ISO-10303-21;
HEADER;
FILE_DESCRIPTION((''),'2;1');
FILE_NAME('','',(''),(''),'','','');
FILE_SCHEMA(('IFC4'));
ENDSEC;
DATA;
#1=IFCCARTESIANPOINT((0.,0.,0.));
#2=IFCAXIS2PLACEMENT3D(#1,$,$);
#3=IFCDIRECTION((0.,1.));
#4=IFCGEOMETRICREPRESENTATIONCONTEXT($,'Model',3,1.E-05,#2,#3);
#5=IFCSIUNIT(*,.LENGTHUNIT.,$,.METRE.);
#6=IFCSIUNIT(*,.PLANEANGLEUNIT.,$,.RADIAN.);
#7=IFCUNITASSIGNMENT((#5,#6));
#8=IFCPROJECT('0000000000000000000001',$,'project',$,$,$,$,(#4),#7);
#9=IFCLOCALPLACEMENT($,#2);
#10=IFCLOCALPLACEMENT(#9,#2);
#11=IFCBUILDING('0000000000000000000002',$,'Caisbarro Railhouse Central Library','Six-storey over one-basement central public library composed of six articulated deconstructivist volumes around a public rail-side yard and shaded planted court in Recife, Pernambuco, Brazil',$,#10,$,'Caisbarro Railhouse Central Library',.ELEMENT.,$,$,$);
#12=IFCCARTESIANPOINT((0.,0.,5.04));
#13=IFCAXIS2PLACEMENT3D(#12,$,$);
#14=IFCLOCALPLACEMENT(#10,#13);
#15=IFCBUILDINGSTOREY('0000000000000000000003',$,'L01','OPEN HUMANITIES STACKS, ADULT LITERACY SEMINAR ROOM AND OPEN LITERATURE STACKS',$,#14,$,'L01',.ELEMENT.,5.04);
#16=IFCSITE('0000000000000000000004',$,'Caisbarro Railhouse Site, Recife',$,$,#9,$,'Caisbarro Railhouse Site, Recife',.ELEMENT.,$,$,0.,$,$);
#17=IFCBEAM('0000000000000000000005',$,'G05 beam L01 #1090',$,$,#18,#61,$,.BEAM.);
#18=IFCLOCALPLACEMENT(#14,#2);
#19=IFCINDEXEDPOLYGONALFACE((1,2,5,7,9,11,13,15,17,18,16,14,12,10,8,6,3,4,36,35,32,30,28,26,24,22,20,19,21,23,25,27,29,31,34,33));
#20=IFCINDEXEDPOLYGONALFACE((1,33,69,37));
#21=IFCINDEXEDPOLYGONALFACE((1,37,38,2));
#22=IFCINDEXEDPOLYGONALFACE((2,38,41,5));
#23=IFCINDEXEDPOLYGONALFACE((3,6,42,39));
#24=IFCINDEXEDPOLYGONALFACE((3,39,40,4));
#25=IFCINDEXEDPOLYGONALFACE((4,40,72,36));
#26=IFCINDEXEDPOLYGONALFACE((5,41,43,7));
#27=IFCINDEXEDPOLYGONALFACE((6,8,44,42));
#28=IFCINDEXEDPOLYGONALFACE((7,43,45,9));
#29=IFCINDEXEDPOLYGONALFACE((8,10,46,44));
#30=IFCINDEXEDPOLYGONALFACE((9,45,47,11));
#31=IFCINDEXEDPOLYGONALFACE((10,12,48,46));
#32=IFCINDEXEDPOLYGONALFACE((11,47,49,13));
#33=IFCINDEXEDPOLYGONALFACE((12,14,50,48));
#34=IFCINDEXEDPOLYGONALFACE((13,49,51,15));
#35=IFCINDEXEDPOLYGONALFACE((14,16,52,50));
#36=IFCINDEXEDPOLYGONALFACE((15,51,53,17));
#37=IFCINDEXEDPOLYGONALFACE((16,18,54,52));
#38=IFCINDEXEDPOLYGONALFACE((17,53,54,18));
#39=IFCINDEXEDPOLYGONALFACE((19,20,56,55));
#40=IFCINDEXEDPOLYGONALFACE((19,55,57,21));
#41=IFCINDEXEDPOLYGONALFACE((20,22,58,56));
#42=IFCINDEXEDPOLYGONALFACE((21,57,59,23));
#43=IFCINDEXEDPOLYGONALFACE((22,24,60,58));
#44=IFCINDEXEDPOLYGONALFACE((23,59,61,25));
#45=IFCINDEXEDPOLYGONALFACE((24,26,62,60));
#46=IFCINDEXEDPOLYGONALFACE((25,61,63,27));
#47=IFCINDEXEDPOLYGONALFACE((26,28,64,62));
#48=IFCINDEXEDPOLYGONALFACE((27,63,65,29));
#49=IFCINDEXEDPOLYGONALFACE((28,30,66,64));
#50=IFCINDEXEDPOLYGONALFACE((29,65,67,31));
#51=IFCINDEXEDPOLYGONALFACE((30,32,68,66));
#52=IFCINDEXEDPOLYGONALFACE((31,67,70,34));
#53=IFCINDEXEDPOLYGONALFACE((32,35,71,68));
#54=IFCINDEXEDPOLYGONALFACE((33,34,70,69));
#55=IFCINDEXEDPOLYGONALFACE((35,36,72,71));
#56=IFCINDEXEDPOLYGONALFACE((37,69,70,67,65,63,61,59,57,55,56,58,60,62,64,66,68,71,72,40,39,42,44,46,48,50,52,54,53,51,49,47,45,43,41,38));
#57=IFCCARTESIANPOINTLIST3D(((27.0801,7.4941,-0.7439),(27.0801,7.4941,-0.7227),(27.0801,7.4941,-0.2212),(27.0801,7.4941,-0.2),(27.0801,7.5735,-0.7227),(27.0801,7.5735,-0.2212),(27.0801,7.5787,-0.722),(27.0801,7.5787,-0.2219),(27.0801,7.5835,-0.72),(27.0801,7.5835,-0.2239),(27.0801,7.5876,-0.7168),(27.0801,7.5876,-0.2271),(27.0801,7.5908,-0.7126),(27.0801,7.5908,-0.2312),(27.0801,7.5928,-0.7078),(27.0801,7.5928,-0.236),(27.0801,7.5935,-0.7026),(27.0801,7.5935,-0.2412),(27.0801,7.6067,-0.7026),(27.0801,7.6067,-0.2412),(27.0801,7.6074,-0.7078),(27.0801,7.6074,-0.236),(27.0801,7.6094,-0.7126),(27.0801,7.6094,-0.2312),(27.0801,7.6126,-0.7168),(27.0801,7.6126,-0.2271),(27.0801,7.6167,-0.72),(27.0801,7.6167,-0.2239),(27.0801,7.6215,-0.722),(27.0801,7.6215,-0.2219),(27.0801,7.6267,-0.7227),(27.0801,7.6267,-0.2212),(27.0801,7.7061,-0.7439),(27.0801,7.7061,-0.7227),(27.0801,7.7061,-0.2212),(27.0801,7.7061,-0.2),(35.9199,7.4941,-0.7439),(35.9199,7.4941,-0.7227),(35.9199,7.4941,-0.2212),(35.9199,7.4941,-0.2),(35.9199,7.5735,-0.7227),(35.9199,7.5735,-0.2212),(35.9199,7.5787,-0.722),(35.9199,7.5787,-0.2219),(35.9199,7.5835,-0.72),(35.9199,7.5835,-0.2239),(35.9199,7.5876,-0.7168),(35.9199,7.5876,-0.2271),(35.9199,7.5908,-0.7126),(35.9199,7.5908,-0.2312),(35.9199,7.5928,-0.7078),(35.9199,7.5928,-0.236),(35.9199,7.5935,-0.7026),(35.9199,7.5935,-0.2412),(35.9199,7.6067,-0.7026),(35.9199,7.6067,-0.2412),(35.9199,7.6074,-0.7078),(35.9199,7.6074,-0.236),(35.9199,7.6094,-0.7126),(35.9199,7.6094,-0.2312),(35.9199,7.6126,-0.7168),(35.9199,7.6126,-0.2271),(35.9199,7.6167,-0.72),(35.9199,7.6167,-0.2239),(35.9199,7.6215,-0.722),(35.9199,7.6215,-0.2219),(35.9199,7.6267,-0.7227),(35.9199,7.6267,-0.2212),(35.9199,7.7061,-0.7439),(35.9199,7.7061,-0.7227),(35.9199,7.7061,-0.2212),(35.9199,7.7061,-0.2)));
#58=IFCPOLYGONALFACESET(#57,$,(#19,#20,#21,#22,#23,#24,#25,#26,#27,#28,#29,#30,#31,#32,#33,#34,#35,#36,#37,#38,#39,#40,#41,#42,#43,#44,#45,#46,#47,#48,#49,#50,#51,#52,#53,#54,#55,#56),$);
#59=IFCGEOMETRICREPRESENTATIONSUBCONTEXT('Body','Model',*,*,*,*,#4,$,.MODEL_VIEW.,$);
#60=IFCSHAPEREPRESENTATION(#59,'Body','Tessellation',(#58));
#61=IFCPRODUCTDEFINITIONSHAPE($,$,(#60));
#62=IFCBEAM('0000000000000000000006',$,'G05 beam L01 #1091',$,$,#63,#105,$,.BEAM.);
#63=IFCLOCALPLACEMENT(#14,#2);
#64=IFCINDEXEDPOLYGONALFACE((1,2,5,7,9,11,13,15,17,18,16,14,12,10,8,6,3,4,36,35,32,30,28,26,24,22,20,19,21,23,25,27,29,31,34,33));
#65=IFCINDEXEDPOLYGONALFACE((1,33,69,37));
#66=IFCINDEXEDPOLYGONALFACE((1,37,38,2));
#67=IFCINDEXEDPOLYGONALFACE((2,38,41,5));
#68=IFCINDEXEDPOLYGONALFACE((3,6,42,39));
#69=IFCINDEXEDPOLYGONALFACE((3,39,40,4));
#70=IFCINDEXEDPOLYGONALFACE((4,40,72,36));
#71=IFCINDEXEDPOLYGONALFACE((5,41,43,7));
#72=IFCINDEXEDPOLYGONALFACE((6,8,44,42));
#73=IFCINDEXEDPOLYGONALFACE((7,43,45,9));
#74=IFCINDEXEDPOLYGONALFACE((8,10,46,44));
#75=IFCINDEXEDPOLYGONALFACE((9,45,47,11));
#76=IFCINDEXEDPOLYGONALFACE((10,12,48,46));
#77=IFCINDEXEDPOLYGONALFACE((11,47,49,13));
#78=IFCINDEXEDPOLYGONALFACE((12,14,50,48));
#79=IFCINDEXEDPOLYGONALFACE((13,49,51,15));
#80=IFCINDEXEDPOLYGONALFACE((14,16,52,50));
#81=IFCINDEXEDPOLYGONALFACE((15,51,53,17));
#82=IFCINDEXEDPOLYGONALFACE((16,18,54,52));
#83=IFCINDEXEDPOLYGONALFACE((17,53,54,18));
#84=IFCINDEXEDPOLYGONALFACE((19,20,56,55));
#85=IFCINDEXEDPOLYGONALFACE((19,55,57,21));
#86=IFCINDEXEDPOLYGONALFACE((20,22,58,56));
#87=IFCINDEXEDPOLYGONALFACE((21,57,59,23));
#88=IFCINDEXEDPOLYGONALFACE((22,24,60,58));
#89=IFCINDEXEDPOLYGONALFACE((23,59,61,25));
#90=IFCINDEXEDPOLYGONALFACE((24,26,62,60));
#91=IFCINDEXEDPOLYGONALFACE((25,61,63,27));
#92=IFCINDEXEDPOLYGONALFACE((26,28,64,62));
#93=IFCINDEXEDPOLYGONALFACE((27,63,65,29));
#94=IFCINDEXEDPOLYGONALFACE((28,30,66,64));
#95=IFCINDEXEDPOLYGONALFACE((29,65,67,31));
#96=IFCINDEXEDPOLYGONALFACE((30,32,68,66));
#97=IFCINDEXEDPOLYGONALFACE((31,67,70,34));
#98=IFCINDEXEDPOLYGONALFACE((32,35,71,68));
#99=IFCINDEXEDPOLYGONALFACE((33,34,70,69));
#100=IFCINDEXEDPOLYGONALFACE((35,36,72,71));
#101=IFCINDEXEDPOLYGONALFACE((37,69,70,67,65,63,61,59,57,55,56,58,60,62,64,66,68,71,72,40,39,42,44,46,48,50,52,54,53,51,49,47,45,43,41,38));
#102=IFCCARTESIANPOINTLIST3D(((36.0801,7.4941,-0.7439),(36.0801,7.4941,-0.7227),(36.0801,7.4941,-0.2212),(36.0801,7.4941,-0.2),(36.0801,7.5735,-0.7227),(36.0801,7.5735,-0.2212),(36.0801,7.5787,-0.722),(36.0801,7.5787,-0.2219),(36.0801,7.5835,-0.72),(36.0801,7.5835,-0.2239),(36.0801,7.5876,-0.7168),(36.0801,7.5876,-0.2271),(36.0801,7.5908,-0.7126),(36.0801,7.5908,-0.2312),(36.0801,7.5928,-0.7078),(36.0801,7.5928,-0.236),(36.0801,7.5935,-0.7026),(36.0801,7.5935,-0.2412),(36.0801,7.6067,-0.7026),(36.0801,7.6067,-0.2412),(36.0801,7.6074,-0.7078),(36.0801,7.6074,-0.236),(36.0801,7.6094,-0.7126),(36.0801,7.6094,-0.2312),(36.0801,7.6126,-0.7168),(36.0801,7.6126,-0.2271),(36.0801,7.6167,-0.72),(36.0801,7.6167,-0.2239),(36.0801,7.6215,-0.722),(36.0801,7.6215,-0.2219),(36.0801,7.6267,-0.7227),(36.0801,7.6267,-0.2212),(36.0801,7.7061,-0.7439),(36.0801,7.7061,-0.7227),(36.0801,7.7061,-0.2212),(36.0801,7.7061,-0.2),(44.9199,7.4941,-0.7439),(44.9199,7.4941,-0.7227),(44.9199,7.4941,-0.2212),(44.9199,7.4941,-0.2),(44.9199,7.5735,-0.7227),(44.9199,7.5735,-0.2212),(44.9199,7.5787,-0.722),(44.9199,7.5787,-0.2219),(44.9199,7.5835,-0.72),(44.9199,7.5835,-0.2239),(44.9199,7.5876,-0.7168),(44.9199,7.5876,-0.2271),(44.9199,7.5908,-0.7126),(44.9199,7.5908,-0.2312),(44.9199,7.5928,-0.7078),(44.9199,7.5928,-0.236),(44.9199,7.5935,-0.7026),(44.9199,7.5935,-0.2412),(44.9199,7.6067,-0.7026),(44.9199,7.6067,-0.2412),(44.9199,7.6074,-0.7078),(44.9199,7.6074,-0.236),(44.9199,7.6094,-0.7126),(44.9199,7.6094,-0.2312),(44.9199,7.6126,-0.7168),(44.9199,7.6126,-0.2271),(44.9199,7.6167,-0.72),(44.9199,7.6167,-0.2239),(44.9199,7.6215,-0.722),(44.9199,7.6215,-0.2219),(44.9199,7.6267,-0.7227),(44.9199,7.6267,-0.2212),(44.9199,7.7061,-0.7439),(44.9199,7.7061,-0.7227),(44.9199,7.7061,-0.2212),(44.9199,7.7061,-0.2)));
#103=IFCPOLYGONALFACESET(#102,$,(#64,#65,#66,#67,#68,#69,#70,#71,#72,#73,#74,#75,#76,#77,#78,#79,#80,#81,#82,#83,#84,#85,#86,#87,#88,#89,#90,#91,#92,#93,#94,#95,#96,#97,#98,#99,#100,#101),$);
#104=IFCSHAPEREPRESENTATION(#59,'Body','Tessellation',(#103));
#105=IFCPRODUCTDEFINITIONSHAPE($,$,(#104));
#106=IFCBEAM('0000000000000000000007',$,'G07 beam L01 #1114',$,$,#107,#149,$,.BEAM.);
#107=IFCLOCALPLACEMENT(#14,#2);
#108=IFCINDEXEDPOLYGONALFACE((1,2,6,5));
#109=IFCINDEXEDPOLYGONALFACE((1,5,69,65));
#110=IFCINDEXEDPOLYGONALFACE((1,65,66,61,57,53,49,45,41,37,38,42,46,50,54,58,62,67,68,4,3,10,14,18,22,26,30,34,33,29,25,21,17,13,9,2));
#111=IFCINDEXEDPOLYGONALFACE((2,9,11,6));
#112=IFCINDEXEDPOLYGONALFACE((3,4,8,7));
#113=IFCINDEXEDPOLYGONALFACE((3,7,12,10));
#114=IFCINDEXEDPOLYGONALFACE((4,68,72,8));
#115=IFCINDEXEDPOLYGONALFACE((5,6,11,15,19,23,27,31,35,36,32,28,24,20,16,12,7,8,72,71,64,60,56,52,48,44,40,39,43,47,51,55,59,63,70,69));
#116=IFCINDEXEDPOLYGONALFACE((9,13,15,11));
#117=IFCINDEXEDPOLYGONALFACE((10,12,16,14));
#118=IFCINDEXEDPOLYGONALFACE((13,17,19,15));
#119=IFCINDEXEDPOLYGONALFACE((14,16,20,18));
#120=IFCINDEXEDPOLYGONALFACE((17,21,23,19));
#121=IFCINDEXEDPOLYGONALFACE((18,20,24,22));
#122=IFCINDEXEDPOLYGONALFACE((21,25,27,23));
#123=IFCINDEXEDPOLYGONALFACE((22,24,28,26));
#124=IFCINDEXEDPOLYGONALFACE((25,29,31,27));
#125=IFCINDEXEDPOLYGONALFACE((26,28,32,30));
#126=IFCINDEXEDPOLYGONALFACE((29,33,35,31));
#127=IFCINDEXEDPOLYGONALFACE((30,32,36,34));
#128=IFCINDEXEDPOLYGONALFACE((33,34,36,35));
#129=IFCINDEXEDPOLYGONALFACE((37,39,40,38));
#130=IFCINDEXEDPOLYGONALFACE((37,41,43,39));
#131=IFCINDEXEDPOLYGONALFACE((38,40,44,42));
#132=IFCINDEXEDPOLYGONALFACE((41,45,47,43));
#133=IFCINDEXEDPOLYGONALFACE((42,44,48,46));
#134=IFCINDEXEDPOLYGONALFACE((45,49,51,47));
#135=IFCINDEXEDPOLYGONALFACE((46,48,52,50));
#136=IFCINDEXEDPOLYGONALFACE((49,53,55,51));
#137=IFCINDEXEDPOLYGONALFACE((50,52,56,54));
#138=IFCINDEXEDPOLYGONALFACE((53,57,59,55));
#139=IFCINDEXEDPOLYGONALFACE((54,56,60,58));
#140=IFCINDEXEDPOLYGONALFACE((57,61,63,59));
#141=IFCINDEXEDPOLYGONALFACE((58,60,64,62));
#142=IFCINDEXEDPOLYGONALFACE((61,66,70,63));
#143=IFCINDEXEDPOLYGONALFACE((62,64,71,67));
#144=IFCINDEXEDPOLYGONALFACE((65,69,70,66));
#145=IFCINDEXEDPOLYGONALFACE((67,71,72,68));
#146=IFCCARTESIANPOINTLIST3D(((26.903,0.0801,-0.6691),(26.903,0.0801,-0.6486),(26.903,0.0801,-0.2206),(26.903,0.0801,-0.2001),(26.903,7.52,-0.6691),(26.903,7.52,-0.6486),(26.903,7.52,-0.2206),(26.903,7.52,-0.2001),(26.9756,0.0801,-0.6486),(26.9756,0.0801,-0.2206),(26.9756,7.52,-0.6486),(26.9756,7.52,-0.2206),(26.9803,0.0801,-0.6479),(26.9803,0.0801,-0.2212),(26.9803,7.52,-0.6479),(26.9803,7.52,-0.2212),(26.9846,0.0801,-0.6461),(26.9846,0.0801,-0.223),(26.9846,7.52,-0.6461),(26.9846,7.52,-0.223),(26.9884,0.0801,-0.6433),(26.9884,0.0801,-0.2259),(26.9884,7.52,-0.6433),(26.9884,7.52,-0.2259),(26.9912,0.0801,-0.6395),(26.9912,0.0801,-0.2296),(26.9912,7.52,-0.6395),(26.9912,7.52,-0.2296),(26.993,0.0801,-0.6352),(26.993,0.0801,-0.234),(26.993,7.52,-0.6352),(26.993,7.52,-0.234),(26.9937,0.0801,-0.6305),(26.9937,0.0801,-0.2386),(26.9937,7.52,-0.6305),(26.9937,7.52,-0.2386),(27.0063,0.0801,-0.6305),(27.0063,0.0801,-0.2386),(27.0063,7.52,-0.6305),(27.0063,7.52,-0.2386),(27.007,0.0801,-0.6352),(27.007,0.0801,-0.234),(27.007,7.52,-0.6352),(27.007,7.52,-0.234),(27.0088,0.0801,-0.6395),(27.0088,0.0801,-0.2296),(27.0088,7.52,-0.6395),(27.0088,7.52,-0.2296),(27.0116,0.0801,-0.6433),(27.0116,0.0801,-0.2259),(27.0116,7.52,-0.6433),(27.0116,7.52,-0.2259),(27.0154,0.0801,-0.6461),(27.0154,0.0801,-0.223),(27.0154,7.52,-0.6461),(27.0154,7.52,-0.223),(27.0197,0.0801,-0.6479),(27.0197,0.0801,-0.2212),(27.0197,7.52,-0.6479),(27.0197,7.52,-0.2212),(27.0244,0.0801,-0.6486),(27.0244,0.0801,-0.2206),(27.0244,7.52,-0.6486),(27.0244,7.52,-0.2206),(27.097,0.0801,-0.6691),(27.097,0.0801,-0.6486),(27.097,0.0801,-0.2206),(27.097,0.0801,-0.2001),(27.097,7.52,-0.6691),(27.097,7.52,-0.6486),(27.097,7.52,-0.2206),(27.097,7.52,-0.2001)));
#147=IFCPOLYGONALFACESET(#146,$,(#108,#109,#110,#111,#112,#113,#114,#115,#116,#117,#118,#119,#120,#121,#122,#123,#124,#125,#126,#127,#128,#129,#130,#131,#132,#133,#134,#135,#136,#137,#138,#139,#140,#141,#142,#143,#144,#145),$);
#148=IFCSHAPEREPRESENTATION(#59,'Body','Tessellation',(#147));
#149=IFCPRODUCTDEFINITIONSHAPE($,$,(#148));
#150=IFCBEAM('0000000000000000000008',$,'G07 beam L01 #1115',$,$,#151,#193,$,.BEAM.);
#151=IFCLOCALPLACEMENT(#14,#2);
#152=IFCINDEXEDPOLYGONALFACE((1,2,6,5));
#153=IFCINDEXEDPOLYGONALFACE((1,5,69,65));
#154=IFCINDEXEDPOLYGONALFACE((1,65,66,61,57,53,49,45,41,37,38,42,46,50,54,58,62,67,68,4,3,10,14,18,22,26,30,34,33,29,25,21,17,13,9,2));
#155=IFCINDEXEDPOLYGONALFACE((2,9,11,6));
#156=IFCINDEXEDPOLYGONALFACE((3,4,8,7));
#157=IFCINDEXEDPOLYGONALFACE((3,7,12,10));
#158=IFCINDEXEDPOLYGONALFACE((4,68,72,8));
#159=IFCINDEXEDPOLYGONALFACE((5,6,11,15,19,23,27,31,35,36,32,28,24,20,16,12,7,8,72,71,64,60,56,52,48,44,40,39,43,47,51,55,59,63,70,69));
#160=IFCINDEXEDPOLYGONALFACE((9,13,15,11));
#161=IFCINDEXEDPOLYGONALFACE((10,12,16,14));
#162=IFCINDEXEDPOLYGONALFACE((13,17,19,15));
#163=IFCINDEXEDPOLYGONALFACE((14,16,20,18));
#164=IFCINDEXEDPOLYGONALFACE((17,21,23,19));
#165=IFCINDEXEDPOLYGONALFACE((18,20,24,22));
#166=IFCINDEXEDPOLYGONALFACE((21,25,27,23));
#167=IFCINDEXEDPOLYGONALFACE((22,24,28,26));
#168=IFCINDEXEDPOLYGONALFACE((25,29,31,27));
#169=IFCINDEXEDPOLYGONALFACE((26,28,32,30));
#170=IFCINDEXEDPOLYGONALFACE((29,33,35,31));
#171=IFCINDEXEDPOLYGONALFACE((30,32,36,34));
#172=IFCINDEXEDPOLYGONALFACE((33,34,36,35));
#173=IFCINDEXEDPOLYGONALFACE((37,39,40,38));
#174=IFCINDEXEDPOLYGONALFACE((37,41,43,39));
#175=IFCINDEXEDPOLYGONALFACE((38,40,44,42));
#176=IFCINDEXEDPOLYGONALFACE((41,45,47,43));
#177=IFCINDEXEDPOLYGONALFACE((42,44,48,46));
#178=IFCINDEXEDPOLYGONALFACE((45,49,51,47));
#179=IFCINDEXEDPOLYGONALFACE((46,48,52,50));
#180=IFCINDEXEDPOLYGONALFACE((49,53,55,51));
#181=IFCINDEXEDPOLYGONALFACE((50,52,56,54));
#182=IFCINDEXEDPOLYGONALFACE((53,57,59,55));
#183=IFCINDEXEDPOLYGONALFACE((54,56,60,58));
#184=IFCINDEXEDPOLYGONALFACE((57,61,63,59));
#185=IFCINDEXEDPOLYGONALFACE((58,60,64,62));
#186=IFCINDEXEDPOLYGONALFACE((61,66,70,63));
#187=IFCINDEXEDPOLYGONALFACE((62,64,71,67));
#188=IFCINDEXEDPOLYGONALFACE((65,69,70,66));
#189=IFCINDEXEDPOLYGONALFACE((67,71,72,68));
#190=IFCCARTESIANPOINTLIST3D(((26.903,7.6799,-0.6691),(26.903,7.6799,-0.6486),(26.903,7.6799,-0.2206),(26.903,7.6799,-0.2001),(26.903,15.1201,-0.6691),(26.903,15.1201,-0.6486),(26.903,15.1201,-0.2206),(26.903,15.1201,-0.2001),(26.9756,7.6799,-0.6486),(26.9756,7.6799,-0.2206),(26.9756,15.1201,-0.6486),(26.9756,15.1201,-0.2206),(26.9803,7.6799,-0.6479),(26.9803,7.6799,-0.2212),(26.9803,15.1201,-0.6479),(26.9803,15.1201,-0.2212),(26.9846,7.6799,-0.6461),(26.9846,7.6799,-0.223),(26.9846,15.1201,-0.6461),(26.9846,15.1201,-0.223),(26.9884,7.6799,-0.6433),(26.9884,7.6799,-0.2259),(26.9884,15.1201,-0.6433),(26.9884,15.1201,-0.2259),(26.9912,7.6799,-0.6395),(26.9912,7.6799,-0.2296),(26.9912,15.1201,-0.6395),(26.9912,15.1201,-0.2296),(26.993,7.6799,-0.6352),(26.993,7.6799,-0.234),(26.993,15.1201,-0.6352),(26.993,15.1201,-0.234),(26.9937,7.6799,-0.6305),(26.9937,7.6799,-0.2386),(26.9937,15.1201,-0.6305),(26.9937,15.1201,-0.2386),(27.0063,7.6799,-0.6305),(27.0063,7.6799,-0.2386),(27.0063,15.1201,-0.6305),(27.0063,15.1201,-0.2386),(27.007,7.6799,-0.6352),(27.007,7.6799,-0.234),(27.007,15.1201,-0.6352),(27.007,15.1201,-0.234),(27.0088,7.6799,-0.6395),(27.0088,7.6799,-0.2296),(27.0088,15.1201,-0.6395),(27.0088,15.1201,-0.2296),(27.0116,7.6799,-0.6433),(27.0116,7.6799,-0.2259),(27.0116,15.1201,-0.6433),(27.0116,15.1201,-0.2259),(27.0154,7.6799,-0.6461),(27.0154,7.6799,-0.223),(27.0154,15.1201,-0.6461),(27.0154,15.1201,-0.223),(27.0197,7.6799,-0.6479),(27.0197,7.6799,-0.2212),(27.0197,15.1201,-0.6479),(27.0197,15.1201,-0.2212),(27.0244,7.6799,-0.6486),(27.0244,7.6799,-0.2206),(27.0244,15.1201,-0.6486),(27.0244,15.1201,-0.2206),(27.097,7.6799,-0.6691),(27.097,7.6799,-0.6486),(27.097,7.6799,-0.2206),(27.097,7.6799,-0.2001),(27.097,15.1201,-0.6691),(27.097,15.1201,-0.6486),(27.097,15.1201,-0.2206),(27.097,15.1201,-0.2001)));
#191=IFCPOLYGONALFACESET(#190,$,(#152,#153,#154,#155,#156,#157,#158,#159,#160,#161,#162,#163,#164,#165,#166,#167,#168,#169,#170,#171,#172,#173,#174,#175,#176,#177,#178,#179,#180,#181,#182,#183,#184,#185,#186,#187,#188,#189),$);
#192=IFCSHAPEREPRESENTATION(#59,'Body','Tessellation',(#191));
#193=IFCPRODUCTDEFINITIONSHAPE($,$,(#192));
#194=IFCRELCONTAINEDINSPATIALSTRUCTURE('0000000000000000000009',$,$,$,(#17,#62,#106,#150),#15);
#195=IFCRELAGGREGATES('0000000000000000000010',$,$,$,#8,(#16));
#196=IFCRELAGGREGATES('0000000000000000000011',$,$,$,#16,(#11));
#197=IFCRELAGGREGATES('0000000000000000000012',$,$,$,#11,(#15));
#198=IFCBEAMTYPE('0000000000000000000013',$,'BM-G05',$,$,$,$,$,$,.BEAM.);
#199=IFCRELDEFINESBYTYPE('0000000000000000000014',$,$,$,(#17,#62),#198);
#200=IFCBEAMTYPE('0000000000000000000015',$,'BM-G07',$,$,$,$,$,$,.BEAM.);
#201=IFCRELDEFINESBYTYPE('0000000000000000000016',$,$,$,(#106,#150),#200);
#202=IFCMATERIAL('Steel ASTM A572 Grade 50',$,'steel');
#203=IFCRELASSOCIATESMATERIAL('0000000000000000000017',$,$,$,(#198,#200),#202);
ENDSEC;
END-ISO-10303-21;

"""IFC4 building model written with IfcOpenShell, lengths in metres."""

from ifc_helpers import new_model, si_unit, direction, frame, origin, origin_2d, place, context, subcontext, project, spatial, i_section, extrude, material, material_profile, profile_set, type_object, element, save


model = new_model("IFC4")

# Units and contexts
model_context = context("Model", 3, precision=1e-05, world=origin(), true_north=direction((0.0, 1.0)))
body_context = subcontext(model_context, "Body", "Model", "MODEL_VIEW")
ifc_project = project(units=[si_unit("LENGTHUNIT", "METRE"), si_unit("PLANEANGLEUNIT", "RADIAN")], contexts=[model_context])

# Site, building, storey
site_placement = place(None, origin())
site = spatial("IfcSite", under=ifc_project, at=site_placement, Name="Caisbarro Railhouse Site, Recife", LongName="Caisbarro Railhouse Site, Recife", CompositionType="ELEMENT", RefElevation=0.0)
building_placement = place(site_placement, origin())
building = spatial("IfcBuilding", under=site, at=building_placement, Name="Caisbarro Railhouse Central Library", Description="Six-storey over one-basement central public library composed of six articulated deconstructivist volumes around a public rail-side yard and shaded planted court in Recife, Pernambuco, Brazil", LongName="Caisbarro Railhouse Central Library", CompositionType="ELEMENT")
storey_placement = place(building_placement, frame((0.0, 0.0, 5.04)))
storey = spatial("IfcBuildingStorey", under=building, at=storey_placement, Name="L01", Description="OPEN HUMANITIES STACKS, ADULT LITERACY SEMINAR ROOM AND OPEN LITERATURE STACKS", LongName="L01", CompositionType="ELEMENT", Elevation=5.04)

# Shared definitions
ifc_material_1 = material(Name="Steel ASTM A572 Grade 50", Category="steel")

# Beams
ifc_material_profile_1 = material_profile(ifc_material_1, i_section(OverallWidth=0.2119, OverallDepth=0.5439, WebThickness=0.0132, FlangeThickness=0.0212, FilletRadius=0.02, at=origin_2d()), Name="W530X123.0")
ifc_profile_set_1 = profile_set([ifc_material_profile_1], Name="Steel ASTM A572 Grade 50")
beam_type_1 = type_object("IfcBeamType", Name="BM-G05", PredefinedType="BEAM", material=ifc_profile_set_1)
for number, where, z_axis, x_axis, name in (
    (1, (27.0801, 7.6001, -0.4719), (1.0, 0.0, 0.0), (0.0, 1.0, 0.0), "G05 beam L01 #1090"),
    (2, (36.0801, 7.6001, -0.4719), (1.0, 0.0, 0.0), (0.0, 1.0, 0.0), "G05 beam L01 #1091"),
):
    element("IfcBeam", number, at=place(storey_placement, frame(where, z_axis=z_axis, x_axis=x_axis)), inside=storey, type_object=beam_type_1, Name=name, PredefinedType="BEAM", context=body_context, shape_type="SweptSolid", body=[
        extrude(i_section(OverallWidth=0.2119, OverallDepth=0.5439, WebThickness=0.0132, FlangeThickness=0.0212, FilletRadius=0.02, at=origin_2d()), origin(), (0.0, 0.0, 1.0), 8.8398),
    ])
ifc_material_profile_2 = material_profile(ifc_material_1, i_section(OverallWidth=0.1941, OverallDepth=0.469, WebThickness=0.0127, FlangeThickness=0.0205, FilletRadius=0.0181, at=origin_2d()), Name="W460X106.0")
ifc_profile_set_2 = profile_set([ifc_material_profile_2], Name="Steel ASTM A572 Grade 50")
beam_type_2 = type_object("IfcBeamType", Name="BM-G07", PredefinedType="BEAM", material=ifc_profile_set_2)
beam_1_placement = place(storey_placement, frame((27.0, 0.0801, -0.4346), z_axis=(0.0, 1.0, 0.0), x_axis=(-1.0, 0.0, 0.0)))
element("IfcBeam", 3, at=beam_1_placement, inside=storey, type_object=beam_type_2, Name="G07 beam L01 #1114", PredefinedType="BEAM", context=body_context, shape_type="SweptSolid", body=[
    extrude(i_section(OverallWidth=0.1941, OverallDepth=0.469, WebThickness=0.0127, FlangeThickness=0.0205, FilletRadius=0.0181, at=origin_2d()), origin(), (0.0, 0.0, 1.0), 7.4399),
])
beam_2_placement = place(storey_placement, frame((27.0, 7.6799, -0.4346), z_axis=(0.0, 1.0, 0.0), x_axis=(-1.0, 0.0, 0.0)))
element("IfcBeam", 4, at=beam_2_placement, inside=storey, type_object=beam_type_2, Name="G07 beam L01 #1115", PredefinedType="BEAM", context=body_context, shape_type="SweptSolid", body=[
    extrude(i_section(OverallWidth=0.1941, OverallDepth=0.469, WebThickness=0.0127, FlangeThickness=0.0205, FilletRadius=0.0181, at=origin_2d()), origin(), (0.0, 0.0, 1.0), 7.4402),
])

save(model, "model.ifc")
